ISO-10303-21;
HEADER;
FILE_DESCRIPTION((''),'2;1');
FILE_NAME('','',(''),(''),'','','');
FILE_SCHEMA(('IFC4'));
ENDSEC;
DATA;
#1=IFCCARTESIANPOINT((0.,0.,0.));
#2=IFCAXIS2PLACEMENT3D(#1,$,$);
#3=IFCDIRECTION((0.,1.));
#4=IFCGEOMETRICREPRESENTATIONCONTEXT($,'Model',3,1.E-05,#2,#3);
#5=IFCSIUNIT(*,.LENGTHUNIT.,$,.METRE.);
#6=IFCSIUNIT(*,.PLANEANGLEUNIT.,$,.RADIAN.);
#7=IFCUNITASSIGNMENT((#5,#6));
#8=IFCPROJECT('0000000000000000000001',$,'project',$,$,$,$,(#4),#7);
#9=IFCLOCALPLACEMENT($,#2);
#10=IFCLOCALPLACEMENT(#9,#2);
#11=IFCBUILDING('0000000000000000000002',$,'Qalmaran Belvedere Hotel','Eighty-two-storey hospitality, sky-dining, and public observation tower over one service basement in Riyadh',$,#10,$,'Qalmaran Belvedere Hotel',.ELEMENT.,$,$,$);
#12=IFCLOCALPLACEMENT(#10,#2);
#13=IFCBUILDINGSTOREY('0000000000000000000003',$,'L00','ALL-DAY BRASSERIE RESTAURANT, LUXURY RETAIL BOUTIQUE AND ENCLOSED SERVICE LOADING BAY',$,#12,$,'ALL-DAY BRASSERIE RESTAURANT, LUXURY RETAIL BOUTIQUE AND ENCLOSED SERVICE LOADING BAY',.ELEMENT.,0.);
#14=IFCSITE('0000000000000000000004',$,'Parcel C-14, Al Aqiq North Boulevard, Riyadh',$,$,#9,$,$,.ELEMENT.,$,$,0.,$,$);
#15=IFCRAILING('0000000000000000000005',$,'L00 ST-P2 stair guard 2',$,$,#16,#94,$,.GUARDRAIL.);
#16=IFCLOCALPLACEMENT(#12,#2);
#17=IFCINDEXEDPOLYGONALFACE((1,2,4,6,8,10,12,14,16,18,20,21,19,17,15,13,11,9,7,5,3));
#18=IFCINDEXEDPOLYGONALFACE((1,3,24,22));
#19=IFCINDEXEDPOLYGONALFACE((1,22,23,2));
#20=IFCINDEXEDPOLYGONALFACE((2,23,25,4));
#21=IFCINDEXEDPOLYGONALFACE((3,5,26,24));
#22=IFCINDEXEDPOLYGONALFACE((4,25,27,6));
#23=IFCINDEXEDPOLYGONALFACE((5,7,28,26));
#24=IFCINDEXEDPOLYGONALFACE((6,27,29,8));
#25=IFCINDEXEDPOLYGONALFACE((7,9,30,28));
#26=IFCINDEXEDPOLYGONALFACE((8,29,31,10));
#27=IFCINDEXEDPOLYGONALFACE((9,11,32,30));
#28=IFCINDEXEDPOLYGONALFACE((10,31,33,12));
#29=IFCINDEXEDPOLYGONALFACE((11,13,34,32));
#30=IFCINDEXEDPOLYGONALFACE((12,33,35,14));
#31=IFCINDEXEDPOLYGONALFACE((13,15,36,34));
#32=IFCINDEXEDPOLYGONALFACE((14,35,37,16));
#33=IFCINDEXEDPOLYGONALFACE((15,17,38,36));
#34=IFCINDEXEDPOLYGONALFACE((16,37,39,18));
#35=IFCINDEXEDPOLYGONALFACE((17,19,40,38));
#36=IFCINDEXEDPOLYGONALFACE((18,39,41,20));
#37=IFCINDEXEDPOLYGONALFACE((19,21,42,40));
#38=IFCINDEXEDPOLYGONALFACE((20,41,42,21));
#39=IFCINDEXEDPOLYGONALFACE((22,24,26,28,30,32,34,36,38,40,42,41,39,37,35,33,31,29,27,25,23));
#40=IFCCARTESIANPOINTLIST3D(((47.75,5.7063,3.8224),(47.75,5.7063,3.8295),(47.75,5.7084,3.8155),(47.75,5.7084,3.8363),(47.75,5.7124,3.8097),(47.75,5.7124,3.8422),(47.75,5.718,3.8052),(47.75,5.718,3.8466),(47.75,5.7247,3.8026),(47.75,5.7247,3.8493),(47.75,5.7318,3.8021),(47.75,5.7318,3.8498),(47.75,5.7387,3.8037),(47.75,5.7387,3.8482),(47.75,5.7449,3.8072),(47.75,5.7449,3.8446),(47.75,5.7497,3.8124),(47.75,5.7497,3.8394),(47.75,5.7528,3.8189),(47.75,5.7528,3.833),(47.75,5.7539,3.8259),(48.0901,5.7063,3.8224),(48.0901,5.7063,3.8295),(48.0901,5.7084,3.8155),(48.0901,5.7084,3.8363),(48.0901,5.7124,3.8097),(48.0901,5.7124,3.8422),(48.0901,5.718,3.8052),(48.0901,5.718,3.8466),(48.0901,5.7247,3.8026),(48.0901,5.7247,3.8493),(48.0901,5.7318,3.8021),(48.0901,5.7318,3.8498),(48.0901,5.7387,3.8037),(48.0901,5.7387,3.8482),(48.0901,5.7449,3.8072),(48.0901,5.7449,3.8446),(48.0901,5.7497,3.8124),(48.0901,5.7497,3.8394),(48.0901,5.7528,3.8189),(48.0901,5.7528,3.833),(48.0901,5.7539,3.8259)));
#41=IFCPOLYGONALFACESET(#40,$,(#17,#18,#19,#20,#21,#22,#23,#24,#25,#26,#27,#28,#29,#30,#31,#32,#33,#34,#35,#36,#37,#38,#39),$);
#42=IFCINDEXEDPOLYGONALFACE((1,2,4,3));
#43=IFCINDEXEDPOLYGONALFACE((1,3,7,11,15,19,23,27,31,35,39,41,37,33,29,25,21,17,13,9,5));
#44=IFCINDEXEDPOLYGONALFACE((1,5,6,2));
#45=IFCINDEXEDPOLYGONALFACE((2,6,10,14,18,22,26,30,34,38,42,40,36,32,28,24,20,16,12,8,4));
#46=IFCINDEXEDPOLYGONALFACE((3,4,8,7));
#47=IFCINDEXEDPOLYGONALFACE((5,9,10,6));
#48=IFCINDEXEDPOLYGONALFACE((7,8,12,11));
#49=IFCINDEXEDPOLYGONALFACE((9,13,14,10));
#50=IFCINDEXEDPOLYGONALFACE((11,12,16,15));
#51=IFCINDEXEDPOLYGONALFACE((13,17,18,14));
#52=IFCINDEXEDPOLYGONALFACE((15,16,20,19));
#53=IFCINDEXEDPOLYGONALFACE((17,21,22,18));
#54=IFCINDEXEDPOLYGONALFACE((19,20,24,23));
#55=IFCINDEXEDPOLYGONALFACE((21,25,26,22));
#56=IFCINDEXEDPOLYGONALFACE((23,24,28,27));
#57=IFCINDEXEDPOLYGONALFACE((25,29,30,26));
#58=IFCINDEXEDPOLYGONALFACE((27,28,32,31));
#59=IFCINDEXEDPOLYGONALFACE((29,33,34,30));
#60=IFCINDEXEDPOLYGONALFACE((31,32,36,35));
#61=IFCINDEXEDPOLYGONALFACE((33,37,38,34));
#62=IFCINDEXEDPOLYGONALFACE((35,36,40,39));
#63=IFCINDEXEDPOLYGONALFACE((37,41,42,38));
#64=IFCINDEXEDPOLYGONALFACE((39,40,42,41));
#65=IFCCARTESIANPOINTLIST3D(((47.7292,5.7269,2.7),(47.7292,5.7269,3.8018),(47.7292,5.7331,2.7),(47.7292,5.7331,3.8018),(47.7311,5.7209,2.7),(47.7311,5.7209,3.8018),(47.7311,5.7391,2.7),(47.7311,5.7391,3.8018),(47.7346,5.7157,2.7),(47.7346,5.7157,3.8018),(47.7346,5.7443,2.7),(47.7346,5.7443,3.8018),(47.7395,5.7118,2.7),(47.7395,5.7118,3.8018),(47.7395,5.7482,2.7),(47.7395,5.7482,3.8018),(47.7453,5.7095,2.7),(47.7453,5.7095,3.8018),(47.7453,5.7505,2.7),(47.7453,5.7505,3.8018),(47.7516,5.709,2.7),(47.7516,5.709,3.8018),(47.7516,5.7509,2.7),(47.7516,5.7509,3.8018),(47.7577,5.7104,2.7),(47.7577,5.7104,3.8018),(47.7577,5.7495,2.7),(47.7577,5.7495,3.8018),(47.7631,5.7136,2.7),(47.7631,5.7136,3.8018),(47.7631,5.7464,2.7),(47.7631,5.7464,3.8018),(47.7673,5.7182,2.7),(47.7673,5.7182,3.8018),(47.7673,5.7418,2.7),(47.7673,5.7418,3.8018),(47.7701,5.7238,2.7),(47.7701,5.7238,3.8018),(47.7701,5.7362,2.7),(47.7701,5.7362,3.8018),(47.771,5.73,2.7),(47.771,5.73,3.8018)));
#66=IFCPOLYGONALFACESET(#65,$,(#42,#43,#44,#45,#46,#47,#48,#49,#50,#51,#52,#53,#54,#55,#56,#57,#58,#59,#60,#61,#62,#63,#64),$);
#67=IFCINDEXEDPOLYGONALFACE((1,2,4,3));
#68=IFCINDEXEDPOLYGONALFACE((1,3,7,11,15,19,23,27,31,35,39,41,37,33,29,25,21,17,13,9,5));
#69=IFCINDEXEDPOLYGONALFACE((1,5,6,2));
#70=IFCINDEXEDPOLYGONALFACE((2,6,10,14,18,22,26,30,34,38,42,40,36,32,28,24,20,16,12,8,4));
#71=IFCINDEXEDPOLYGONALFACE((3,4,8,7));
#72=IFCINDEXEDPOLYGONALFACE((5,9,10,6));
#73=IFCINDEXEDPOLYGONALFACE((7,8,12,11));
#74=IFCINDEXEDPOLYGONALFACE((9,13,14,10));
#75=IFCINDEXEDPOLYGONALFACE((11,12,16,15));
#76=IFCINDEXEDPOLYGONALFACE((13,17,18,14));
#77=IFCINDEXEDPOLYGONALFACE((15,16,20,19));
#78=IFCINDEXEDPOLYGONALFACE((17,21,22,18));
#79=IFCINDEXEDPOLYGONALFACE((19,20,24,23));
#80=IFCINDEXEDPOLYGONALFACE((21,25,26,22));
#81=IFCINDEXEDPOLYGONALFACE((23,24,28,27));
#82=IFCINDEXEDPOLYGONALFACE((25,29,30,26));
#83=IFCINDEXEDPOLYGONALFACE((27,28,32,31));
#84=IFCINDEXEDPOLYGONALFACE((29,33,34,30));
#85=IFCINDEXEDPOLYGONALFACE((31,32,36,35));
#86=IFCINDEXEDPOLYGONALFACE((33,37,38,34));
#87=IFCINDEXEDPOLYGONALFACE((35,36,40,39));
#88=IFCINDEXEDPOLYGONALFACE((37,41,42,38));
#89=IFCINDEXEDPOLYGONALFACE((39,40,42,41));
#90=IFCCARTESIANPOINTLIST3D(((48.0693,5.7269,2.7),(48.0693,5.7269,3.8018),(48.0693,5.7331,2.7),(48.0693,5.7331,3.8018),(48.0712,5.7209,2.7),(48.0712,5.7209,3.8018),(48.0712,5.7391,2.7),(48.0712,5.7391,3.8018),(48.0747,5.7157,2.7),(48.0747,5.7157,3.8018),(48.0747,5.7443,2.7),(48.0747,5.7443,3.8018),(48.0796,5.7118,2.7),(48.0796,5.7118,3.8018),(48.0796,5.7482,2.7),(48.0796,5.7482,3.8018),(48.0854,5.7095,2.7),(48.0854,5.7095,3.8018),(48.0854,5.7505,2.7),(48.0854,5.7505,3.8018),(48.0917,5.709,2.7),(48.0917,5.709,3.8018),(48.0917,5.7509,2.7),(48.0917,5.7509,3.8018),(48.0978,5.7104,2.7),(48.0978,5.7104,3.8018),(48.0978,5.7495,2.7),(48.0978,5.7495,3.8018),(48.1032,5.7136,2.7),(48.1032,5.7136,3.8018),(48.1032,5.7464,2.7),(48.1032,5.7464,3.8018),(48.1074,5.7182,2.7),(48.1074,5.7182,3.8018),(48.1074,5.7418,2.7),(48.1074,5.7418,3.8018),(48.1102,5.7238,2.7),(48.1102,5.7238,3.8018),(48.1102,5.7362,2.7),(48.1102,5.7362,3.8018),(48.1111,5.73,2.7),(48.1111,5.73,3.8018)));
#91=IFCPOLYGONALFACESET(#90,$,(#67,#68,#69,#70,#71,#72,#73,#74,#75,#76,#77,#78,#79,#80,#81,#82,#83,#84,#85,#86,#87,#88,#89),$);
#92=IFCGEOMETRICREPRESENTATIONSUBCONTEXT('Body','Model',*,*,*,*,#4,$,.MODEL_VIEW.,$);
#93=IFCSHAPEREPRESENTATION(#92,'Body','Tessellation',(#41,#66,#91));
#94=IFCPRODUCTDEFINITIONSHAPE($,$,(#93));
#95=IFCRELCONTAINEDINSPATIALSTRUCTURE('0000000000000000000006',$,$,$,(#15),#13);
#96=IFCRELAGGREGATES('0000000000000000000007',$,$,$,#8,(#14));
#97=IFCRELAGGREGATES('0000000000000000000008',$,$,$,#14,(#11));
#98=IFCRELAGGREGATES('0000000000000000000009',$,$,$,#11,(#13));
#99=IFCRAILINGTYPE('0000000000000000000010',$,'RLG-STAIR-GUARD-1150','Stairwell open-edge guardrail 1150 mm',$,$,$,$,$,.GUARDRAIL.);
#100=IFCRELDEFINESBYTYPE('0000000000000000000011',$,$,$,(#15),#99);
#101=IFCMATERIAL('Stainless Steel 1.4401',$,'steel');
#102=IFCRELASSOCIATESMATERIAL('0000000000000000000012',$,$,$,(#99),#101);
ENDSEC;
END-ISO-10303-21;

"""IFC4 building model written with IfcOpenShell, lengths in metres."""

from ifc_helpers import new_model, si_unit, direction, frame, origin, origin_2d, place, context, subcontext, project, spatial, circle, extrude, material, type_object, element, save


model = new_model("IFC4")

# Units and contexts
model_context = context("Model", 3, precision=1e-05, world=origin(), true_north=direction((0.0, 1.0)))
body_context = subcontext(model_context, "Body", "Model", "MODEL_VIEW")
ifc_project = project(units=[si_unit("LENGTHUNIT", "METRE"), si_unit("PLANEANGLEUNIT", "RADIAN")], contexts=[model_context])

# Site, building, storey
site_placement = place(None, origin())
site = spatial("IfcSite", under=ifc_project, at=site_placement, Name="Parcel C-14, Al Aqiq North Boulevard, Riyadh", CompositionType="ELEMENT", RefElevation=0.0)
building_placement = place(site_placement, origin())
building = spatial("IfcBuilding", under=site, at=building_placement, Name="Qalmaran Belvedere Hotel", Description="Eighty-two-storey hospitality, sky-dining, and public observation tower over one service basement in Riyadh", LongName="Qalmaran Belvedere Hotel", CompositionType="ELEMENT")
storey_placement = place(building_placement, origin())
storey = spatial("IfcBuildingStorey", under=building, at=storey_placement, Name="L00", Description="ALL-DAY BRASSERIE RESTAURANT, LUXURY RETAIL BOUTIQUE AND ENCLOSED SERVICE LOADING BAY", LongName="ALL-DAY BRASSERIE RESTAURANT, LUXURY RETAIL BOUTIQUE AND ENCLOSED SERVICE LOADING BAY", CompositionType="ELEMENT", Elevation=0.0)

# Railing
ifc_material_1 = material(Name="Stainless Steel 1.4401", Category="steel")
railing_type_1 = type_object("IfcRailingType", Name="RLG-STAIR-GUARD-1150", Description="Stairwell open-edge guardrail 1150 mm", PredefinedType="GUARDRAIL", material=ifc_material_1)
railing_1_placement = place(storey_placement, frame((47.75, 5.73, 2.7)))
element("IfcRailing", 1, at=railing_1_placement, inside=storey, type_object=railing_type_1, Name="L00 ST-P2 stair guard 2", PredefinedType="GUARDRAIL", context=body_context, shape_type="SweptSolid", body=[
    extrude(circle(Radius=0.0239, at=origin_2d()), frame((0.0, 0.0, 1.126), z_axis=(1.0, 0.0, 0.0), x_axis=(0.0, 1.0, 0.0)), (0.0, 0.0, 1.0), 0.3401),
    extrude(circle(Radius=0.021, at=origin_2d()), origin(), (0.0, 0.0, 1.0), 1.1018),
    extrude(circle(Radius=0.021, at=origin_2d()), frame((0.3401, 0.0, 0.0)), (0.0, 0.0, 1.0), 1.1018),
])

save(model, "model.ifc")
